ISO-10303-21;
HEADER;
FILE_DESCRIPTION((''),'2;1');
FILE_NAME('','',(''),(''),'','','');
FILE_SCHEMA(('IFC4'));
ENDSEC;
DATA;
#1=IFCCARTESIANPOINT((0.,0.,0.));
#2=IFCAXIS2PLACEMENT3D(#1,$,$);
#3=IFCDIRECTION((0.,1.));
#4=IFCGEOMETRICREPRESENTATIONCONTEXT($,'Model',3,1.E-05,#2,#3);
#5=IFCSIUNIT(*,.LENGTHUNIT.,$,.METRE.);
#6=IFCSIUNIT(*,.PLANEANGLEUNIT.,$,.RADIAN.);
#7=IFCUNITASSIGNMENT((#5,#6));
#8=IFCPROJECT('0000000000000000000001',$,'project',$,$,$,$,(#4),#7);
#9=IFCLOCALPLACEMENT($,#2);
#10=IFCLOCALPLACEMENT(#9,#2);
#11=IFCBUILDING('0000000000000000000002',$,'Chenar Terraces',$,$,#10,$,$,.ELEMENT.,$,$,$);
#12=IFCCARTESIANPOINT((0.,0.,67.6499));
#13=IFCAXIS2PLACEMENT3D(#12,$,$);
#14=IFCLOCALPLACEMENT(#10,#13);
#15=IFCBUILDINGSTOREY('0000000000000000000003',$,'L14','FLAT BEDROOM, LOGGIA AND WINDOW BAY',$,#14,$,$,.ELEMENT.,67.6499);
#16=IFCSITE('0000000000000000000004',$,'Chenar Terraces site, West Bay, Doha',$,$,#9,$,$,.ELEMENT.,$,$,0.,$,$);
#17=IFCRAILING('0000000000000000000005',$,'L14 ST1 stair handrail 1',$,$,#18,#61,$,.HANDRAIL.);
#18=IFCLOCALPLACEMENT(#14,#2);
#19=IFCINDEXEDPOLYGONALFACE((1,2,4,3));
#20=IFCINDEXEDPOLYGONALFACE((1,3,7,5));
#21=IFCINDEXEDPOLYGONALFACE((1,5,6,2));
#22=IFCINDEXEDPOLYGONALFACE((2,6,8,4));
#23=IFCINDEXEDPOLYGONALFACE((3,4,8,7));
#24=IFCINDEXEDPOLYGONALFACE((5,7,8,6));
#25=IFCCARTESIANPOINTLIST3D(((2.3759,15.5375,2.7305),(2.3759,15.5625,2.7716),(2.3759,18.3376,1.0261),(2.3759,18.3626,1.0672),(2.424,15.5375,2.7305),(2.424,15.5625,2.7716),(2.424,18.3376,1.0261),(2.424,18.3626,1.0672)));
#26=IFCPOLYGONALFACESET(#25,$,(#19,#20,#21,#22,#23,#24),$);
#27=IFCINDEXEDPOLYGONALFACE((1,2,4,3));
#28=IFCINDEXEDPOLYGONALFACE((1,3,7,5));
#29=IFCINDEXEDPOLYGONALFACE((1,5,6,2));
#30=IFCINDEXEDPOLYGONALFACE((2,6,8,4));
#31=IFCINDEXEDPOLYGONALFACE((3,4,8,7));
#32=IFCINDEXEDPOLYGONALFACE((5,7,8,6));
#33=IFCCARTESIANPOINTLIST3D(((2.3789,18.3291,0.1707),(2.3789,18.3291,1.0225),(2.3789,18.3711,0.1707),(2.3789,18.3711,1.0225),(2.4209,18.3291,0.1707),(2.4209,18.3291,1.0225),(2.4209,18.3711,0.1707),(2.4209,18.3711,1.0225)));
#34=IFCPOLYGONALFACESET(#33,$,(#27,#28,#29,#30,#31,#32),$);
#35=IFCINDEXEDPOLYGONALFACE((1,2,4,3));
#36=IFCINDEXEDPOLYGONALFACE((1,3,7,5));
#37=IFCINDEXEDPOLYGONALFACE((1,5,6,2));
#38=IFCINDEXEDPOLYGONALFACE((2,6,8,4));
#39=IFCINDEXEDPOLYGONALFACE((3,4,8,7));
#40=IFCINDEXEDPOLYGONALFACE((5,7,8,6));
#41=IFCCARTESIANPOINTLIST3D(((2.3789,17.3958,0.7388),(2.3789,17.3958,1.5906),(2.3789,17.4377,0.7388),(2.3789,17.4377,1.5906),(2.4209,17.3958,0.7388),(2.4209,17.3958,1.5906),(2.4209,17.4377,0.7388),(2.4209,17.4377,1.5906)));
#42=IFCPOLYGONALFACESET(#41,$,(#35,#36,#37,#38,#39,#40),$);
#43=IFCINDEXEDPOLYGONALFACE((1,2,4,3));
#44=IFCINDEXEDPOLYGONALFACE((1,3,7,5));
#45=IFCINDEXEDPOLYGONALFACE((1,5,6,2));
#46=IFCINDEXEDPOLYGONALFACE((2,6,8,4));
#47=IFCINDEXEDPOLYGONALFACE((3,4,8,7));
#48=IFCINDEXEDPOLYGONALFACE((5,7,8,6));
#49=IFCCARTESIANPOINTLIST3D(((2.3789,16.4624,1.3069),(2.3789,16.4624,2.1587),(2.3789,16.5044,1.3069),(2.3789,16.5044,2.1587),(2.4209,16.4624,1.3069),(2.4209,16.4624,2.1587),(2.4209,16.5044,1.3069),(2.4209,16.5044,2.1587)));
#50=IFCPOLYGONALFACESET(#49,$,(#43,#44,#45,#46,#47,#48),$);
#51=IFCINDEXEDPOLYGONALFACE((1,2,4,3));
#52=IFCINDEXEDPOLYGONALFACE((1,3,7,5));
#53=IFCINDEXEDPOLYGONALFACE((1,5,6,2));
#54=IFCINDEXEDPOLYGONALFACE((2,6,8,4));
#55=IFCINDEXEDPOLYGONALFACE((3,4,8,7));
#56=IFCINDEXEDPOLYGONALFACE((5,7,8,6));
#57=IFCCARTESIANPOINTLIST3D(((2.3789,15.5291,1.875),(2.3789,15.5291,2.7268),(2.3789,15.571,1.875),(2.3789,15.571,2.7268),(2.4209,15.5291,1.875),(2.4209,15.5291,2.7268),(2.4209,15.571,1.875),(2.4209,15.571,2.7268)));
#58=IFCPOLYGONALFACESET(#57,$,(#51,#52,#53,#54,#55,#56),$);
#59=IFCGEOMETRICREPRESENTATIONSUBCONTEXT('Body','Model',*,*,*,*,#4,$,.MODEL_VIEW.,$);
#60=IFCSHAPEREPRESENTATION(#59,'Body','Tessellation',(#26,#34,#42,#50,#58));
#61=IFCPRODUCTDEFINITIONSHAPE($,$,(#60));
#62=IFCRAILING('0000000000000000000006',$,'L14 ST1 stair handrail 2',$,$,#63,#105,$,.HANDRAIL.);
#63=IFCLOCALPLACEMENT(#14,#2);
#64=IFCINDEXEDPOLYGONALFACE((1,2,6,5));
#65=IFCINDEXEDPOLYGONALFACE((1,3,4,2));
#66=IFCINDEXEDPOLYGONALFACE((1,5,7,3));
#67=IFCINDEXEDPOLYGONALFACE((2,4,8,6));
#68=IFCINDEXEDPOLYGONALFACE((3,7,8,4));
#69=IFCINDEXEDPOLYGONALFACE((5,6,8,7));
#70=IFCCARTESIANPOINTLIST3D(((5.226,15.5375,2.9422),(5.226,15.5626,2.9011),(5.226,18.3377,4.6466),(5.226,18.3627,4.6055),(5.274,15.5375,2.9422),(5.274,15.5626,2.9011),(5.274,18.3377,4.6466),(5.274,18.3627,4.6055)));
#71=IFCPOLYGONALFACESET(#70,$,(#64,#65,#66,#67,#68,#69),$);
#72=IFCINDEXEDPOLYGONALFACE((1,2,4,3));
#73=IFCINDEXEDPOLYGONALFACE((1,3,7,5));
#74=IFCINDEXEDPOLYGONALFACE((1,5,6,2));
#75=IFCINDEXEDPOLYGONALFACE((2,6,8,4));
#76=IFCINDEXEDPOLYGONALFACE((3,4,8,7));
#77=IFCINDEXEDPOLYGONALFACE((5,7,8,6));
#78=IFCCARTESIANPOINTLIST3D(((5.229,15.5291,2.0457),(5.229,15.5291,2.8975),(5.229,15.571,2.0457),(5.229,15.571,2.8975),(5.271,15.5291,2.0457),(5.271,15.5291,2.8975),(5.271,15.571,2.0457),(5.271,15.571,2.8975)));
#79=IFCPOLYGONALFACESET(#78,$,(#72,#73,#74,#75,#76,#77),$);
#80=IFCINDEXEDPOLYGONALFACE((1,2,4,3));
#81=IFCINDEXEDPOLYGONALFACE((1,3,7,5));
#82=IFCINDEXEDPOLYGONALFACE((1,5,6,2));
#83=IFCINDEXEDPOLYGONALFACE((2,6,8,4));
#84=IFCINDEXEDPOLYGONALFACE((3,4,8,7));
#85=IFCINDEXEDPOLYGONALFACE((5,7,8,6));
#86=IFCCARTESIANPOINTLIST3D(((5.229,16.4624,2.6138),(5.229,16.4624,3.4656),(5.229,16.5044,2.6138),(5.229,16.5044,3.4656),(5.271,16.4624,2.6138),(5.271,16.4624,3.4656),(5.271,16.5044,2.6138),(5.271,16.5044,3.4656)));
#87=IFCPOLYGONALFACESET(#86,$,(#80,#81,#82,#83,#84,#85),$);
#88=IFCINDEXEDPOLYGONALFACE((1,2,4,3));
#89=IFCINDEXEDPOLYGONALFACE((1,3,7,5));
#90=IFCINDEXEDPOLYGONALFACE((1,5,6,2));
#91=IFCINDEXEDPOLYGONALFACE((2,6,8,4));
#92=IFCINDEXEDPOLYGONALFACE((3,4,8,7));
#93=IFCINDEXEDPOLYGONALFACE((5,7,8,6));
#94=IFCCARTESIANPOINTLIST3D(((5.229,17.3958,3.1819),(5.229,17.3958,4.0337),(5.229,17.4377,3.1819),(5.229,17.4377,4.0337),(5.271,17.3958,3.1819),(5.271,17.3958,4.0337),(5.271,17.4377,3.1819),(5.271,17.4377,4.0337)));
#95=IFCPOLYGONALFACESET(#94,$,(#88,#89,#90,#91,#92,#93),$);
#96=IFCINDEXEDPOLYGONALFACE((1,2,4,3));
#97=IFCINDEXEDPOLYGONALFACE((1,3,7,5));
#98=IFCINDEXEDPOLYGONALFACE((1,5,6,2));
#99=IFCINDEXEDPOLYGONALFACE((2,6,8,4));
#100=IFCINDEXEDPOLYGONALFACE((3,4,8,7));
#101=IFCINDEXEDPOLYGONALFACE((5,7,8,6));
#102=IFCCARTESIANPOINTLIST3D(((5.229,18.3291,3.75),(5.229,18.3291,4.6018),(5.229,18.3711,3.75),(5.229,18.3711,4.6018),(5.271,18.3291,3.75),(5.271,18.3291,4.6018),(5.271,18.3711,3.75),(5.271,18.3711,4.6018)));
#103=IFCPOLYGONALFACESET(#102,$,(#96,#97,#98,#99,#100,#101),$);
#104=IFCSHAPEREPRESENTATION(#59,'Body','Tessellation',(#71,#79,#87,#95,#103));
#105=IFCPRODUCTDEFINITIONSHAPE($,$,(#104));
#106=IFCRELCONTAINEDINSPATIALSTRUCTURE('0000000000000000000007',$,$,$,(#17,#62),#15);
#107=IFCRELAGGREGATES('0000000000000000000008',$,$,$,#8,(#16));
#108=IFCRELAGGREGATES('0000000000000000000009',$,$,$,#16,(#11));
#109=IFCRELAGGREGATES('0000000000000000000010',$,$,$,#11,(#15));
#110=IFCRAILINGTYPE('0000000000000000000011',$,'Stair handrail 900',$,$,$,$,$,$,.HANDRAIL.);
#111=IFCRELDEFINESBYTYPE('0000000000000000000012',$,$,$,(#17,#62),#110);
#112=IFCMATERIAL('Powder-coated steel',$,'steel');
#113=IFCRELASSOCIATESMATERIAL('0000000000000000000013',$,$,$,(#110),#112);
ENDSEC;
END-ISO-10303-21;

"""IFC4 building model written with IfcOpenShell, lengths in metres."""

from ifc_helpers import new_model, si_unit, direction, frame, origin, origin_2d, place, context, subcontext, project, spatial, rectangle, extrude, material, type_object, element, save


model = new_model("IFC4")

# Units and contexts
model_context = context("Model", 3, precision=1e-05, world=origin(), true_north=direction((0.0, 1.0)))
body_context = subcontext(model_context, "Body", "Model", "MODEL_VIEW")
ifc_project = project(units=[si_unit("LENGTHUNIT", "METRE"), si_unit("PLANEANGLEUNIT", "RADIAN")], contexts=[model_context])

# Site, building, storey
site_placement = place(None, origin())
site = spatial("IfcSite", under=ifc_project, at=site_placement, Name="Chenar Terraces site, West Bay, Doha", CompositionType="ELEMENT", RefElevation=0.0)
building_placement = place(site_placement, origin())
building = spatial("IfcBuilding", under=site, at=building_placement, Name="Chenar Terraces", CompositionType="ELEMENT")
storey_placement = place(building_placement, frame((0.0, 0.0, 67.6499)))
storey = spatial("IfcBuildingStorey", under=building, at=storey_placement, Name="L14", Description="FLAT BEDROOM, LOGGIA AND WINDOW BAY", CompositionType="ELEMENT", Elevation=67.6499)

# Railings
ifc_material_1 = material(Name="Powder-coated steel", Category="steel")
railing_type_1 = type_object("IfcRailingType", Name="Stair handrail 900", PredefinedType="HANDRAIL", material=ifc_material_1)
railing_1_placement = place(storey_placement, frame((2.3999, 18.3501, 0.1707)))
element("IfcRailing", 1, at=railing_1_placement, inside=storey, type_object=railing_type_1, Name="L14 ST1 stair handrail 1", PredefinedType="HANDRAIL", context=body_context, shape_type="SweptSolid", body=[
    extrude(rectangle(XDim=0.0481, YDim=0.0481, at=origin_2d()), frame((0.0, 0.0, 0.876), z_axis=(0.0, -0.854203, 0.51994), x_axis=(1.0, 0.0, 0.0)), (0.0, 0.0, 1.0), 3.2781),
    extrude(rectangle(XDim=0.042, YDim=0.042, at=origin_2d()), origin(), (0.0, 0.0, 1.0), 0.8518),
    extrude(rectangle(XDim=0.042, YDim=0.042, at=origin_2d()), frame((0.0, -0.9333, 0.5681)), (0.0, 0.0, 1.0), 0.8518),
    extrude(rectangle(XDim=0.042, YDim=0.042, at=origin_2d()), frame((0.0, -1.8667, 1.1362)), (0.0, 0.0, 1.0), 0.8518),
    extrude(rectangle(XDim=0.042, YDim=0.042, at=origin_2d()), frame((0.0, -2.8, 1.7043)), (0.0, 0.0, 1.0), 0.8518),
])
railing_2_placement = place(storey_placement, frame((5.25, 15.55, 2.0457)))
element("IfcRailing", 2, at=railing_2_placement, inside=storey, type_object=railing_type_1, Name="L14 ST1 stair handrail 2", PredefinedType="HANDRAIL", context=body_context, shape_type="SweptSolid", body=[
    extrude(rectangle(XDim=0.0481, YDim=0.0481, at=origin_2d()), frame((0.0, 0.0, 0.876), z_axis=(0.0, 0.854203, 0.51994), x_axis=(-1.0, 0.0, 0.0)), (0.0, 0.0, 1.0), 3.2781),
    extrude(rectangle(XDim=0.042, YDim=0.042, at=origin_2d()), origin(), (0.0, 0.0, 1.0), 0.8518),
    extrude(rectangle(XDim=0.042, YDim=0.042, at=origin_2d()), frame((0.0, 0.9333, 0.5681)), (0.0, 0.0, 1.0), 0.8518),
    extrude(rectangle(XDim=0.042, YDim=0.042, at=origin_2d()), frame((0.0, 1.8667, 1.1362)), (0.0, 0.0, 1.0), 0.8518),
    extrude(rectangle(XDim=0.042, YDim=0.042, at=origin_2d()), frame((0.0, 2.8, 1.7043)), (0.0, 0.0, 1.0), 0.8518),
])

save(model, "model.ifc")
